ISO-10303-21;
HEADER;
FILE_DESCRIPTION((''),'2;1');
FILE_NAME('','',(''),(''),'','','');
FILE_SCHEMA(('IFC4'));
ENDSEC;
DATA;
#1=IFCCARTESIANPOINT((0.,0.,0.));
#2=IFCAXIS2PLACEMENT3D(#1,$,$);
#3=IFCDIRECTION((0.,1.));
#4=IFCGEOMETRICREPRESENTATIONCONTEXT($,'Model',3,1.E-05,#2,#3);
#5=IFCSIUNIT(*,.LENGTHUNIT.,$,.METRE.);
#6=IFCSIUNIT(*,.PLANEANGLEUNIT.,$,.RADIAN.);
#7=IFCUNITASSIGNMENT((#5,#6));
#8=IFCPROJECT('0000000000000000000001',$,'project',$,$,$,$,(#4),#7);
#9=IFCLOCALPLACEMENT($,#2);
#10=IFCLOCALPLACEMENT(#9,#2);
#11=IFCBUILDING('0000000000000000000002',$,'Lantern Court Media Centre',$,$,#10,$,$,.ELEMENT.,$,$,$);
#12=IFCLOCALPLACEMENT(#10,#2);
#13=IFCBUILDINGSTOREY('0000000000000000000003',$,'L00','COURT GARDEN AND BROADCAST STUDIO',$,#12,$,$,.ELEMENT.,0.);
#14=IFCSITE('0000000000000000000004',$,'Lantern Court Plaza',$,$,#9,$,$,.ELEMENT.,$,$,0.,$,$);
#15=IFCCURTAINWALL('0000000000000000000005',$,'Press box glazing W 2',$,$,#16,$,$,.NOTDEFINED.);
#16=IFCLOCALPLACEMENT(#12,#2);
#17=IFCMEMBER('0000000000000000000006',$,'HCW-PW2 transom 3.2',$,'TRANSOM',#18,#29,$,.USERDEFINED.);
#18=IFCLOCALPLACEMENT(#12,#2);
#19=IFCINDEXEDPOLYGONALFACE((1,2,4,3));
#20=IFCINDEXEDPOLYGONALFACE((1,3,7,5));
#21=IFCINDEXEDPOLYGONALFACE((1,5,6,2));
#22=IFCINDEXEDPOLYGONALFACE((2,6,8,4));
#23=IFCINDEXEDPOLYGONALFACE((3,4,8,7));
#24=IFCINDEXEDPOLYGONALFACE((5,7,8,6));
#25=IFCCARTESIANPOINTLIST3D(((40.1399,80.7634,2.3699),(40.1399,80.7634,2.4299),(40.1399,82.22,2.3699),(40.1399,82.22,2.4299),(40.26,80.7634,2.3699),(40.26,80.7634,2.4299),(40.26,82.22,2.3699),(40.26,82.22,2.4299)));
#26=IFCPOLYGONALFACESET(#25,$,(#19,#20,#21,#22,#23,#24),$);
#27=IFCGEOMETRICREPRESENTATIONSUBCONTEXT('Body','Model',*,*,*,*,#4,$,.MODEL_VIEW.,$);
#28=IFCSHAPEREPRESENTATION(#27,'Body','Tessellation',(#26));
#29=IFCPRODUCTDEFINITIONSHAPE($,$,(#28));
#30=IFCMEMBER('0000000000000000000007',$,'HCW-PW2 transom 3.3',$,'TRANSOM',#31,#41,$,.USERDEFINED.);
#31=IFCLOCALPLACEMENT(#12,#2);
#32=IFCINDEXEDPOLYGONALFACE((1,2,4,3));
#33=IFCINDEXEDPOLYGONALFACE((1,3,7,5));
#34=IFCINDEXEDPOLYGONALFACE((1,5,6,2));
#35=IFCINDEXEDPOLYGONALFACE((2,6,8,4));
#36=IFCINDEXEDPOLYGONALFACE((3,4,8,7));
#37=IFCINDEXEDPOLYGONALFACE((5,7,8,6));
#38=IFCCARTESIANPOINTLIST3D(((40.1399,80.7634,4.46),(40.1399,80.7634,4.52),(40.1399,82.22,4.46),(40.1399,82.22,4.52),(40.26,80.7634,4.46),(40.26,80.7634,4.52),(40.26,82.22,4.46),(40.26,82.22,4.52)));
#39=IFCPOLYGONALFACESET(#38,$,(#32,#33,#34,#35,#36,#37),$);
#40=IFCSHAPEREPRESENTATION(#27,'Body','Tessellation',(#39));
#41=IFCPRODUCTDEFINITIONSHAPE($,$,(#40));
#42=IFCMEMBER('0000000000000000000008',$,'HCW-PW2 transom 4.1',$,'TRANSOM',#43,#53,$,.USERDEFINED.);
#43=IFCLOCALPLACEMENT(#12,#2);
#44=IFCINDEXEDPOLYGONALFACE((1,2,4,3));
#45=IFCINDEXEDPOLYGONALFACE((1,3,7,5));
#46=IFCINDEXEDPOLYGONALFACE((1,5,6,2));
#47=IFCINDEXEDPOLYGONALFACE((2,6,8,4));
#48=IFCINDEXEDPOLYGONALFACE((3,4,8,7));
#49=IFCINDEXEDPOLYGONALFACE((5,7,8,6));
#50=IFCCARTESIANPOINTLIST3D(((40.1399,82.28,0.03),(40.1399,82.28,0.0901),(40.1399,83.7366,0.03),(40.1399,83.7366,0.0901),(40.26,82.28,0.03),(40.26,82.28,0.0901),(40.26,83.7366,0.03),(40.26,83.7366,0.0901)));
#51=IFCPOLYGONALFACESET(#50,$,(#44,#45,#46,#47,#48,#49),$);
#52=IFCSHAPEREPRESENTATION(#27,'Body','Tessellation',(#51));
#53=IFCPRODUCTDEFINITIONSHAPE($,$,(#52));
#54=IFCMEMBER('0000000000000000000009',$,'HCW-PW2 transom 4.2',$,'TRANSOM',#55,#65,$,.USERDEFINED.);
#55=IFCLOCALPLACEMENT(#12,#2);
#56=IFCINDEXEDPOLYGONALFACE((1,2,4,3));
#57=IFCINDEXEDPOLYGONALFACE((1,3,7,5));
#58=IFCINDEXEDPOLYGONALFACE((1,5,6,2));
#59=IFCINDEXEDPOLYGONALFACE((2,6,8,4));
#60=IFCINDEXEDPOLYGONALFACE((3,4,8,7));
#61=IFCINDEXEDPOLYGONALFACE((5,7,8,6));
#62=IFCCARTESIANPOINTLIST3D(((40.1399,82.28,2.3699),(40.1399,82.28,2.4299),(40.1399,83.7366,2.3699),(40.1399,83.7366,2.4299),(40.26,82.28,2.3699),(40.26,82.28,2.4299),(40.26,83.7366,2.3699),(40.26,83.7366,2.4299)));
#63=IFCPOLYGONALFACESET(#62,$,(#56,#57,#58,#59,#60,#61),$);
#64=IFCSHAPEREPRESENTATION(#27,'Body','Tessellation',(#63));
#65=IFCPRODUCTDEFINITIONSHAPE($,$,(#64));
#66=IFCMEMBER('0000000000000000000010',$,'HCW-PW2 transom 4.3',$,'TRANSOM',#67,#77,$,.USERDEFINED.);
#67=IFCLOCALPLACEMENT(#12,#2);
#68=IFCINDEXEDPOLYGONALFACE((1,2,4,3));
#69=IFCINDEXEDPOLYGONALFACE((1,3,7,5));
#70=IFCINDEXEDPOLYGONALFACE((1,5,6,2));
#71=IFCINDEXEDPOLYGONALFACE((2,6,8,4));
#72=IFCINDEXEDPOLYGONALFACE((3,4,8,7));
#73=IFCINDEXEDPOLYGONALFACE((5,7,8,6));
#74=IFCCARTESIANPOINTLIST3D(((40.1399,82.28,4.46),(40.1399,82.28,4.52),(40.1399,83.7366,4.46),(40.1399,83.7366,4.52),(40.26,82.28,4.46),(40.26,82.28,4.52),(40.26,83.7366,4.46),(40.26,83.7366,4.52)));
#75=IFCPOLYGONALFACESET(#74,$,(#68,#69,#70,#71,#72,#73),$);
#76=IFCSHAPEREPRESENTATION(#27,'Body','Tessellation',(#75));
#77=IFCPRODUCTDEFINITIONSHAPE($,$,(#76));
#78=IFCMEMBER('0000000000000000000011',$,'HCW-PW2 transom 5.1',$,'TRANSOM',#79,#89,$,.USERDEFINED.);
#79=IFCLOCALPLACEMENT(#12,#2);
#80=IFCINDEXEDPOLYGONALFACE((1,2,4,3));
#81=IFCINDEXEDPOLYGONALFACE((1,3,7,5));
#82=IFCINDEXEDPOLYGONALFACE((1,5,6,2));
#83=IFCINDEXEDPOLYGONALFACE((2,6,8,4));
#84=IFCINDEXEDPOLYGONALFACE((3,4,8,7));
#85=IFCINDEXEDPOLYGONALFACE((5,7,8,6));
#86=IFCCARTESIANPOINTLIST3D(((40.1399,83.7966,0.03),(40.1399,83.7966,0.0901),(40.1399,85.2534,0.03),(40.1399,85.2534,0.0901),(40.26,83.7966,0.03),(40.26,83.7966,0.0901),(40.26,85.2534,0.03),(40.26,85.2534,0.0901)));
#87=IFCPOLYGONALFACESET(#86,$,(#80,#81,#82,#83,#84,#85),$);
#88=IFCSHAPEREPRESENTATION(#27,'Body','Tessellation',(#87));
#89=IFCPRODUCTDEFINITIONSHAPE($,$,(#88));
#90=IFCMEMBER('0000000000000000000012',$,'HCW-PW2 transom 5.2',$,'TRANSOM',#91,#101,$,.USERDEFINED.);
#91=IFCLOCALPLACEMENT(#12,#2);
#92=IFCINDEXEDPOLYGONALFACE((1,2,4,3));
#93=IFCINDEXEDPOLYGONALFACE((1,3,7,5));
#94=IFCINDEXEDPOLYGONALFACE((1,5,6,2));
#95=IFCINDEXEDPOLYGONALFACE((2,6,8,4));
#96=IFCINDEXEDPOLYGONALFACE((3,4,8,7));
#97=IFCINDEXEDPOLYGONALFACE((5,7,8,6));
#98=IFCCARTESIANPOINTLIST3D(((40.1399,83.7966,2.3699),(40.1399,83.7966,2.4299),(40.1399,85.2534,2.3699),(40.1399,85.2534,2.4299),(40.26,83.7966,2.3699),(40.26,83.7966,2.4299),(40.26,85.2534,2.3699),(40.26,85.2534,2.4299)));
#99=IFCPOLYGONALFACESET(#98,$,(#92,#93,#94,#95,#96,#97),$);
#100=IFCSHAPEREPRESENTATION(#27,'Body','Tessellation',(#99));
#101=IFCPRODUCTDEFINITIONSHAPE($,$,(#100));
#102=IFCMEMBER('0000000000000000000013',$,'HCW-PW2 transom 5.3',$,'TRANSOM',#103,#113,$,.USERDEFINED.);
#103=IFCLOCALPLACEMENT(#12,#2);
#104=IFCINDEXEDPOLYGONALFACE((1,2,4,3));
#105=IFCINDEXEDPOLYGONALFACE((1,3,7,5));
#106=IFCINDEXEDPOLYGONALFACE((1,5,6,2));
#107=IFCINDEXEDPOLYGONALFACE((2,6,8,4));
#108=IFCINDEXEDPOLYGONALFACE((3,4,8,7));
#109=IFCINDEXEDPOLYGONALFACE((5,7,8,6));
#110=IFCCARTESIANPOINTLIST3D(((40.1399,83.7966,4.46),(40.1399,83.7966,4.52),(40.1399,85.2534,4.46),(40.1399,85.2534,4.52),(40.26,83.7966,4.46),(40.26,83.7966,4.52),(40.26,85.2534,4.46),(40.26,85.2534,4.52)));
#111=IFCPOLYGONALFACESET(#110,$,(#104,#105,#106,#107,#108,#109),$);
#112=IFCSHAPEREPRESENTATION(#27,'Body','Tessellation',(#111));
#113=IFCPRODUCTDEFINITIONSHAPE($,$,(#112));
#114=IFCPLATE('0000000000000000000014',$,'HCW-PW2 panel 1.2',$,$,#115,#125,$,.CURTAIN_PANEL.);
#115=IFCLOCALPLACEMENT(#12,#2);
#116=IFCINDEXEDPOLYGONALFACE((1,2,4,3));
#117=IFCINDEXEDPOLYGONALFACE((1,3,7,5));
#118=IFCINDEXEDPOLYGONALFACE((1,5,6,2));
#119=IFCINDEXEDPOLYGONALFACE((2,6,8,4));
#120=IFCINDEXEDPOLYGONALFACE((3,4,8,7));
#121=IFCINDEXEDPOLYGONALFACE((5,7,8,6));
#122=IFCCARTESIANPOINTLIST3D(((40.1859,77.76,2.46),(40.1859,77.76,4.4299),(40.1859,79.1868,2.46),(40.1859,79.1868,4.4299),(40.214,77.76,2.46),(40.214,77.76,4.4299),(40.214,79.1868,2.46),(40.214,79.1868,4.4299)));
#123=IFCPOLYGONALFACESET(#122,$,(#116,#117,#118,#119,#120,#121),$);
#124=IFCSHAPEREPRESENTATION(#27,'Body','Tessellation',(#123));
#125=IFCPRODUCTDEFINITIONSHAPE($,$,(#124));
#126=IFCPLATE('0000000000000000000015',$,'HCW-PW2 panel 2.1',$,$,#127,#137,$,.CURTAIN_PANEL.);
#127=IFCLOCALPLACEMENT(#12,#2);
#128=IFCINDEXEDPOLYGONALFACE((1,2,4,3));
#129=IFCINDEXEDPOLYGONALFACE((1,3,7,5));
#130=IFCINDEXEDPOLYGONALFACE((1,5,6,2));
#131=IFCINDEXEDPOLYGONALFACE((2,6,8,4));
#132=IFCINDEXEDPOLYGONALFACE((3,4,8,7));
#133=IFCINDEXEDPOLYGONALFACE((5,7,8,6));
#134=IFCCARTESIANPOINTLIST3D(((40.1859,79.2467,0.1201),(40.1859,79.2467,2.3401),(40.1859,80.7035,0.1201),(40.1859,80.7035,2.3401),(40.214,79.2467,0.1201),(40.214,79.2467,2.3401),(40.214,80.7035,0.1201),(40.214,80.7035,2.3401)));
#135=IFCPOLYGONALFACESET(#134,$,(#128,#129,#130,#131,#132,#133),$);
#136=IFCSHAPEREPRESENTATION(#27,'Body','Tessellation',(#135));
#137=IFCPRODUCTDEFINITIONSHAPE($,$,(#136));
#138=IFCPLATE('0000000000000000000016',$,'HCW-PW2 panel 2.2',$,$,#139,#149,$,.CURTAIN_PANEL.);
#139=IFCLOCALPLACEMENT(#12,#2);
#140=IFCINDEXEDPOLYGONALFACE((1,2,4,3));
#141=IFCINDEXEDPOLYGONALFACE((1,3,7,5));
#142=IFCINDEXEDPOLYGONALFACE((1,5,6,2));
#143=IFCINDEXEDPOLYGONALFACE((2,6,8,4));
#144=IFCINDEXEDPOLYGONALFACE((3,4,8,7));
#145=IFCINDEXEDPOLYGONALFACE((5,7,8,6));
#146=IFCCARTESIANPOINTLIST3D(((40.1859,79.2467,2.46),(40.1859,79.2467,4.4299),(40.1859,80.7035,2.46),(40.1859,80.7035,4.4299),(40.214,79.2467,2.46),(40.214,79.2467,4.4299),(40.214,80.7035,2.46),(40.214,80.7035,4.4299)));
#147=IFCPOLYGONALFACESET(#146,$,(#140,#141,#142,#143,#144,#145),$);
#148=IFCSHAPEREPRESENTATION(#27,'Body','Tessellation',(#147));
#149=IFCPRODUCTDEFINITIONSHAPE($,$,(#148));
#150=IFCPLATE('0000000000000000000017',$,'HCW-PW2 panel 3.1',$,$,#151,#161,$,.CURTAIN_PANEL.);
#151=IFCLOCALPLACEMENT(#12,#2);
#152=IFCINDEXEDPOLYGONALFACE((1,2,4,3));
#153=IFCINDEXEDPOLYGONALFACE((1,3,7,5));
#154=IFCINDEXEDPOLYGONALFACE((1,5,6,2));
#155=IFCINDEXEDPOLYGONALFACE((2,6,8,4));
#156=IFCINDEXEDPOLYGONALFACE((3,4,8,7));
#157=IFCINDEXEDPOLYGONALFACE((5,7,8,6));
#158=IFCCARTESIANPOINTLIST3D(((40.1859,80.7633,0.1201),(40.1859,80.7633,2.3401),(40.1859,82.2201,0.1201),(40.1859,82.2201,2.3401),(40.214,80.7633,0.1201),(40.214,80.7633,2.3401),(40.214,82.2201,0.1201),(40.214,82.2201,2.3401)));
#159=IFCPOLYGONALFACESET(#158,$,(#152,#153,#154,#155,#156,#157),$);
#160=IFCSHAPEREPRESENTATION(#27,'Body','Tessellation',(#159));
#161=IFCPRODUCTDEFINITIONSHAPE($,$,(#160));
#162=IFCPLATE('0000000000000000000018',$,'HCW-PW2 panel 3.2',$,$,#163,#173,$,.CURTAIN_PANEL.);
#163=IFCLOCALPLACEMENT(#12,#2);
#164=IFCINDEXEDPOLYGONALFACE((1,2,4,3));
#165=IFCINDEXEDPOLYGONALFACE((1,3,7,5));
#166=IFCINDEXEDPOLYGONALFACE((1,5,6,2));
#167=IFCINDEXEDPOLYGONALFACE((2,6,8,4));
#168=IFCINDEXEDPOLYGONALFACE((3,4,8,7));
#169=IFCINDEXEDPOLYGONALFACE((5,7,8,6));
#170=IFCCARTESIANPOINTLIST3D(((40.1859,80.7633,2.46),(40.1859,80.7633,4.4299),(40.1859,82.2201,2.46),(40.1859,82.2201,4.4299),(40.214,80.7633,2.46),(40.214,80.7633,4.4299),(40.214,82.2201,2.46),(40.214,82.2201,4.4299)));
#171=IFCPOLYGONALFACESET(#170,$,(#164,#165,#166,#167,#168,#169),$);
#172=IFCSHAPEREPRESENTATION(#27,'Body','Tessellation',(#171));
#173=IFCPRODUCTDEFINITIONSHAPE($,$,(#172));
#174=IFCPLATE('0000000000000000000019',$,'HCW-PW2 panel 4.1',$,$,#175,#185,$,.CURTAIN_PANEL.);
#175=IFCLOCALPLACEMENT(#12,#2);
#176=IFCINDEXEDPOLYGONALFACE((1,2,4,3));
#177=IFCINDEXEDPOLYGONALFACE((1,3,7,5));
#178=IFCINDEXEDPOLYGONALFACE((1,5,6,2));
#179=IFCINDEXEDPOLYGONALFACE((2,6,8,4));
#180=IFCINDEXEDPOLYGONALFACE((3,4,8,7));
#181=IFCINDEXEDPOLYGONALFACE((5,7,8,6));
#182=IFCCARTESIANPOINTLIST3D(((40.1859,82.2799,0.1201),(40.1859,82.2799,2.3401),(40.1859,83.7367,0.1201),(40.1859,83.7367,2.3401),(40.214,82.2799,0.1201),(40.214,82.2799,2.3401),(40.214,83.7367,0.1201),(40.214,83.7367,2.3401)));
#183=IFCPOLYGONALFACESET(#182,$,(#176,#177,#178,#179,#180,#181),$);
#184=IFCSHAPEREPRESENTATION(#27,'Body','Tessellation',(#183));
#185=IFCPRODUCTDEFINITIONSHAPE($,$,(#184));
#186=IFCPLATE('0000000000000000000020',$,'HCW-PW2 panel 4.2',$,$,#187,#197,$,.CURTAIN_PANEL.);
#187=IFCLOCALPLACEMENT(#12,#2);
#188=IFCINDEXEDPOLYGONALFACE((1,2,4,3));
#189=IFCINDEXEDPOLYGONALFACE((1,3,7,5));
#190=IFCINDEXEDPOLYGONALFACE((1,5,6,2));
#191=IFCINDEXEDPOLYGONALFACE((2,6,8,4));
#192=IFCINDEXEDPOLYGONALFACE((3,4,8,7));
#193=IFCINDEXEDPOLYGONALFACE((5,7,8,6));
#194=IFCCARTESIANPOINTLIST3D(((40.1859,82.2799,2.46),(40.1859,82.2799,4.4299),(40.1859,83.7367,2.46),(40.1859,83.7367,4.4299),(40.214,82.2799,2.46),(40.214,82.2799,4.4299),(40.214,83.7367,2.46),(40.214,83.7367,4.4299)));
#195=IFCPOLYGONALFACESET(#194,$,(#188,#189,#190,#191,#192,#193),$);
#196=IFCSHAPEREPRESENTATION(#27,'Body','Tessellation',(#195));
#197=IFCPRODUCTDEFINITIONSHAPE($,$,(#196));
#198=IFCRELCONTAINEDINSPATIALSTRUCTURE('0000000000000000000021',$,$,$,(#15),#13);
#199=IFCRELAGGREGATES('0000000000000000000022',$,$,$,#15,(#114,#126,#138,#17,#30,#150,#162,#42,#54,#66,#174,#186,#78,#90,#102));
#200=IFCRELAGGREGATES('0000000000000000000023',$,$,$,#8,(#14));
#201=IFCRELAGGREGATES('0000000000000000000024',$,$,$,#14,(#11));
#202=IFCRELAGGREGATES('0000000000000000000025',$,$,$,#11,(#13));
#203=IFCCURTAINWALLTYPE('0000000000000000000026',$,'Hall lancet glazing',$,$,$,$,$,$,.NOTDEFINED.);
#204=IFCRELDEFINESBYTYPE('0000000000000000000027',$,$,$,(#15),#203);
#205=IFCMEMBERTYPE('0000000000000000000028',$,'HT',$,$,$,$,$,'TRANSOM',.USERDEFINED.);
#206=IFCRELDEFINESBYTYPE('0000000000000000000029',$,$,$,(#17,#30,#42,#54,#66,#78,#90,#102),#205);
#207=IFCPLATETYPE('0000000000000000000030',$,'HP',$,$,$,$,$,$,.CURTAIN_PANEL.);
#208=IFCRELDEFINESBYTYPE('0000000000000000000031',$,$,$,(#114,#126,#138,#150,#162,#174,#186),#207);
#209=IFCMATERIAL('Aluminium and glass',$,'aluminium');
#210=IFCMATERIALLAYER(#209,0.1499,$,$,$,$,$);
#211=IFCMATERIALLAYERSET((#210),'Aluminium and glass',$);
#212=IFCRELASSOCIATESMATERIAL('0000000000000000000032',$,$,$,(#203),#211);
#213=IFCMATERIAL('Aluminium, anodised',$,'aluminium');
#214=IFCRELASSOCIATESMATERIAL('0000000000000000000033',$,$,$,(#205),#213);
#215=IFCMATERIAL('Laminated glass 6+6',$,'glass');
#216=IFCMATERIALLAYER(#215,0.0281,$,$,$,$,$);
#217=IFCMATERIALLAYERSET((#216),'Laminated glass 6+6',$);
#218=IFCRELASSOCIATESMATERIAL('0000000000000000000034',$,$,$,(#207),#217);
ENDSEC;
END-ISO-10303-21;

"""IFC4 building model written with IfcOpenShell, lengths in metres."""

from ifc_helpers import new_model, si_unit, direction, frame, origin, origin_2d, place, context, subcontext, project, spatial, rectangle, extrude, material, layer, layer_set, material_profile, profile_set, type_object, element, aggregate, save


model = new_model("IFC4")

# Units and contexts
model_context = context("Model", 3, precision=1e-05, world=origin(), true_north=direction((0.0, 1.0)))
body_context = subcontext(model_context, "Body", "Model", "MODEL_VIEW")
ifc_project = project(units=[si_unit("LENGTHUNIT", "METRE"), si_unit("PLANEANGLEUNIT", "RADIAN")], contexts=[model_context])

# Site, building, storey
site_placement = place(None, origin())
site = spatial("IfcSite", under=ifc_project, at=site_placement, Name="Lantern Court Plaza", CompositionType="ELEMENT", RefElevation=0.0)
building_placement = place(site_placement, origin())
building = spatial("IfcBuilding", under=site, at=building_placement, Name="Lantern Court Media Centre", CompositionType="ELEMENT")
storey_placement = place(building_placement, origin())
storey = spatial("IfcBuildingStorey", under=building, at=storey_placement, Name="L00", Description="COURT GARDEN AND BROADCAST STUDIO", CompositionType="ELEMENT", Elevation=0.0)

# Curtain wall, members, plates
ifc_material_1 = material(Name="Aluminium and glass", Category="aluminium")
ifc_layer_1 = layer(ifc_material_1, 0.1499)
ifc_layer_set_1 = layer_set([ifc_layer_1], Name="Aluminium and glass")
curtain_wall_type = type_object("IfcCurtainWallType", Name="Hall lancet glazing", PredefinedType="NOTDEFINED", material=ifc_layer_set_1)
curtain_wall_placement = place(storey_placement, origin())
curtain_wall = element("IfcCurtainWall", 1, at=curtain_wall_placement, inside=storey, type_object=curtain_wall_type, Name="Press box glazing W 2", PredefinedType="NOTDEFINED")
ifc_material_2 = material(Name="Aluminium, anodised", Category="aluminium")
ifc_material_profile_1 = material_profile(ifc_material_2, rectangle(XDim=0.1201, YDim=0.0601, at=origin_2d()), Name="HT")
ifc_profile_set_1 = profile_set([ifc_material_profile_1], Name="Aluminium, anodised")
member_type_1 = type_object("IfcMemberType", Name="HT", ElementType="TRANSOM", PredefinedType="USERDEFINED", material=ifc_profile_set_1)
member_1_placement = place(storey_placement, frame((40.2, 80.7634, 2.3999), z_axis=(0.0, 1.0, 0.0), x_axis=(-1.0, 0.0, 0.0)))
member_1 = element("IfcMember", 2, at=member_1_placement, type_object=member_type_1, Name="HCW-PW2 transom 3.2", ObjectType="TRANSOM", PredefinedType="USERDEFINED", context=body_context, shape_type="SweptSolid", body=[
    extrude(rectangle(XDim=0.1201, YDim=0.0601, at=origin_2d()), origin(), (0.0, 0.0, 1.0), 1.4565),
])
member_2_placement = place(storey_placement, frame((40.2, 80.7634, 4.49), z_axis=(0.0, 1.0, 0.0), x_axis=(-1.0, 0.0, 0.0)))
member_2 = element("IfcMember", 3, at=member_2_placement, type_object=member_type_1, Name="HCW-PW2 transom 3.3", ObjectType="TRANSOM", PredefinedType="USERDEFINED", context=body_context, shape_type="SweptSolid", body=[
    extrude(rectangle(XDim=0.1201, YDim=0.0601, at=origin_2d()), origin(), (0.0, 0.0, 1.0), 1.4565),
])
member_3_placement = place(storey_placement, frame((40.2, 82.28, 0.0601), z_axis=(0.0, 1.0, 0.0), x_axis=(-1.0, 0.0, 0.0)))
member_3 = element("IfcMember", 4, at=member_3_placement, type_object=member_type_1, Name="HCW-PW2 transom 4.1", ObjectType="TRANSOM", PredefinedType="USERDEFINED", context=body_context, shape_type="SweptSolid", body=[
    extrude(rectangle(XDim=0.1201, YDim=0.0601, at=origin_2d()), origin(), (0.0, 0.0, 1.0), 1.4565),
])
member_4_placement = place(storey_placement, frame((40.2, 82.28, 2.3999), z_axis=(0.0, 1.0, 0.0), x_axis=(-1.0, 0.0, 0.0)))
member_4 = element("IfcMember", 5, at=member_4_placement, type_object=member_type_1, Name="HCW-PW2 transom 4.2", ObjectType="TRANSOM", PredefinedType="USERDEFINED", context=body_context, shape_type="SweptSolid", body=[
    extrude(rectangle(XDim=0.1201, YDim=0.0601, at=origin_2d()), origin(), (0.0, 0.0, 1.0), 1.4565),
])
member_5_placement = place(storey_placement, frame((40.2, 82.28, 4.49), z_axis=(0.0, 1.0, 0.0), x_axis=(-1.0, 0.0, 0.0)))
member_5 = element("IfcMember", 6, at=member_5_placement, type_object=member_type_1, Name="HCW-PW2 transom 4.3", ObjectType="TRANSOM", PredefinedType="USERDEFINED", context=body_context, shape_type="SweptSolid", body=[
    extrude(rectangle(XDim=0.1201, YDim=0.0601, at=origin_2d()), origin(), (0.0, 0.0, 1.0), 1.4565),
])
member_6_placement = place(storey_placement, frame((40.2, 83.7966, 0.0601), z_axis=(0.0, 1.0, 0.0), x_axis=(-1.0, 0.0, 0.0)))
member_6 = element("IfcMember", 7, at=member_6_placement, type_object=member_type_1, Name="HCW-PW2 transom 5.1", ObjectType="TRANSOM", PredefinedType="USERDEFINED", context=body_context, shape_type="SweptSolid", body=[
    extrude(rectangle(XDim=0.1201, YDim=0.0601, at=origin_2d()), origin(), (0.0, 0.0, 1.0), 1.4568),
])
member_7_placement = place(storey_placement, frame((40.2, 83.7966, 2.3999), z_axis=(0.0, 1.0, 0.0), x_axis=(-1.0, 0.0, 0.0)))
member_7 = element("IfcMember", 8, at=member_7_placement, type_object=member_type_1, Name="HCW-PW2 transom 5.2", ObjectType="TRANSOM", PredefinedType="USERDEFINED", context=body_context, shape_type="SweptSolid", body=[
    extrude(rectangle(XDim=0.1201, YDim=0.0601, at=origin_2d()), origin(), (0.0, 0.0, 1.0), 1.4568),
])
member_8_placement = place(storey_placement, frame((40.2, 83.7966, 4.49), z_axis=(0.0, 1.0, 0.0), x_axis=(-1.0, 0.0, 0.0)))
member_8 = element("IfcMember", 9, at=member_8_placement, type_object=member_type_1, Name="HCW-PW2 transom 5.3", ObjectType="TRANSOM", PredefinedType="USERDEFINED", context=body_context, shape_type="SweptSolid", body=[
    extrude(rectangle(XDim=0.1201, YDim=0.0601, at=origin_2d()), origin(), (0.0, 0.0, 1.0), 1.4568),
])
ifc_material_3 = material(Name="Laminated glass 6+6", Category="glass")
ifc_layer_2 = layer(ifc_material_3, 0.0281)
ifc_layer_set_2 = layer_set([ifc_layer_2], Name="Laminated glass 6+6")
plate_type = type_object("IfcPlateType", Name="HP", PredefinedType="CURTAIN_PANEL", material=ifc_layer_set_2)
plate_1_placement = place(storey_placement, frame((40.2, 78.4734, 2.46), z_axis=(0.0, 0.0, 1.0), x_axis=(0.0, 1.0, 0.0)))
plate_1 = element("IfcPlate", 10, at=plate_1_placement, type_object=plate_type, Name="HCW-PW2 panel 1.2", PredefinedType="CURTAIN_PANEL", context=body_context, shape_type="SweptSolid", body=[
    extrude(rectangle(XDim=1.4268, YDim=0.0281, at=origin_2d()), origin(), (0.0, 0.0, 1.0), 1.97),
])
plate_2_placement = place(storey_placement, frame((40.2, 79.9751, 0.1201), z_axis=(0.0, 0.0, 1.0), x_axis=(0.0, 1.0, 0.0)))
plate_2 = element("IfcPlate", 11, at=plate_2_placement, type_object=plate_type, Name="HCW-PW2 panel 2.1", PredefinedType="CURTAIN_PANEL", context=body_context, shape_type="SweptSolid", body=[
    extrude(rectangle(XDim=1.4568, YDim=0.0281, at=origin_2d()), origin(), (0.0, 0.0, 1.0), 2.22),
])
plate_3_placement = place(storey_placement, frame((40.2, 79.9751, 2.46), z_axis=(0.0, 0.0, 1.0), x_axis=(0.0, 1.0, 0.0)))
plate_3 = element("IfcPlate", 12, at=plate_3_placement, type_object=plate_type, Name="HCW-PW2 panel 2.2", PredefinedType="CURTAIN_PANEL", context=body_context, shape_type="SweptSolid", body=[
    extrude(rectangle(XDim=1.4568, YDim=0.0281, at=origin_2d()), origin(), (0.0, 0.0, 1.0), 1.97),
])
plate_4_placement = place(storey_placement, frame((40.2, 81.4917, 0.1201), z_axis=(0.0, 0.0, 1.0), x_axis=(0.0, 1.0, 0.0)))
plate_4 = element("IfcPlate", 13, at=plate_4_placement, type_object=plate_type, Name="HCW-PW2 panel 3.1", PredefinedType="CURTAIN_PANEL", context=body_context, shape_type="SweptSolid", body=[
    extrude(rectangle(XDim=1.4568, YDim=0.0281, at=origin_2d()), origin(), (0.0, 0.0, 1.0), 2.22),
])
plate_5_placement = place(storey_placement, frame((40.2, 81.4917, 2.46), z_axis=(0.0, 0.0, 1.0), x_axis=(0.0, 1.0, 0.0)))
plate_5 = element("IfcPlate", 14, at=plate_5_placement, type_object=plate_type, Name="HCW-PW2 panel 3.2", PredefinedType="CURTAIN_PANEL", context=body_context, shape_type="SweptSolid", body=[
    extrude(rectangle(XDim=1.4568, YDim=0.0281, at=origin_2d()), origin(), (0.0, 0.0, 1.0), 1.97),
])
plate_6_placement = place(storey_placement, frame((40.2, 83.0083, 0.1201), z_axis=(0.0, 0.0, 1.0), x_axis=(0.0, 1.0, 0.0)))
plate_6 = element("IfcPlate", 15, at=plate_6_placement, type_object=plate_type, Name="HCW-PW2 panel 4.1", PredefinedType="CURTAIN_PANEL", context=body_context, shape_type="SweptSolid", body=[
    extrude(rectangle(XDim=1.4568, YDim=0.0281, at=origin_2d()), origin(), (0.0, 0.0, 1.0), 2.22),
])
plate_7_placement = place(storey_placement, frame((40.2, 83.0083, 2.46), z_axis=(0.0, 0.0, 1.0), x_axis=(0.0, 1.0, 0.0)))
plate_7 = element("IfcPlate", 16, at=plate_7_placement, type_object=plate_type, Name="HCW-PW2 panel 4.2", PredefinedType="CURTAIN_PANEL", context=body_context, shape_type="SweptSolid", body=[
    extrude(rectangle(XDim=1.4568, YDim=0.0281, at=origin_2d()), origin(), (0.0, 0.0, 1.0), 1.97),
])
aggregate(curtain_wall, [plate_1, plate_2, plate_3, member_1, member_2, plate_4, plate_5, member_3, member_4, member_5, plate_6, plate_7, member_6, member_7, member_8])

save(model, "model.ifc")
